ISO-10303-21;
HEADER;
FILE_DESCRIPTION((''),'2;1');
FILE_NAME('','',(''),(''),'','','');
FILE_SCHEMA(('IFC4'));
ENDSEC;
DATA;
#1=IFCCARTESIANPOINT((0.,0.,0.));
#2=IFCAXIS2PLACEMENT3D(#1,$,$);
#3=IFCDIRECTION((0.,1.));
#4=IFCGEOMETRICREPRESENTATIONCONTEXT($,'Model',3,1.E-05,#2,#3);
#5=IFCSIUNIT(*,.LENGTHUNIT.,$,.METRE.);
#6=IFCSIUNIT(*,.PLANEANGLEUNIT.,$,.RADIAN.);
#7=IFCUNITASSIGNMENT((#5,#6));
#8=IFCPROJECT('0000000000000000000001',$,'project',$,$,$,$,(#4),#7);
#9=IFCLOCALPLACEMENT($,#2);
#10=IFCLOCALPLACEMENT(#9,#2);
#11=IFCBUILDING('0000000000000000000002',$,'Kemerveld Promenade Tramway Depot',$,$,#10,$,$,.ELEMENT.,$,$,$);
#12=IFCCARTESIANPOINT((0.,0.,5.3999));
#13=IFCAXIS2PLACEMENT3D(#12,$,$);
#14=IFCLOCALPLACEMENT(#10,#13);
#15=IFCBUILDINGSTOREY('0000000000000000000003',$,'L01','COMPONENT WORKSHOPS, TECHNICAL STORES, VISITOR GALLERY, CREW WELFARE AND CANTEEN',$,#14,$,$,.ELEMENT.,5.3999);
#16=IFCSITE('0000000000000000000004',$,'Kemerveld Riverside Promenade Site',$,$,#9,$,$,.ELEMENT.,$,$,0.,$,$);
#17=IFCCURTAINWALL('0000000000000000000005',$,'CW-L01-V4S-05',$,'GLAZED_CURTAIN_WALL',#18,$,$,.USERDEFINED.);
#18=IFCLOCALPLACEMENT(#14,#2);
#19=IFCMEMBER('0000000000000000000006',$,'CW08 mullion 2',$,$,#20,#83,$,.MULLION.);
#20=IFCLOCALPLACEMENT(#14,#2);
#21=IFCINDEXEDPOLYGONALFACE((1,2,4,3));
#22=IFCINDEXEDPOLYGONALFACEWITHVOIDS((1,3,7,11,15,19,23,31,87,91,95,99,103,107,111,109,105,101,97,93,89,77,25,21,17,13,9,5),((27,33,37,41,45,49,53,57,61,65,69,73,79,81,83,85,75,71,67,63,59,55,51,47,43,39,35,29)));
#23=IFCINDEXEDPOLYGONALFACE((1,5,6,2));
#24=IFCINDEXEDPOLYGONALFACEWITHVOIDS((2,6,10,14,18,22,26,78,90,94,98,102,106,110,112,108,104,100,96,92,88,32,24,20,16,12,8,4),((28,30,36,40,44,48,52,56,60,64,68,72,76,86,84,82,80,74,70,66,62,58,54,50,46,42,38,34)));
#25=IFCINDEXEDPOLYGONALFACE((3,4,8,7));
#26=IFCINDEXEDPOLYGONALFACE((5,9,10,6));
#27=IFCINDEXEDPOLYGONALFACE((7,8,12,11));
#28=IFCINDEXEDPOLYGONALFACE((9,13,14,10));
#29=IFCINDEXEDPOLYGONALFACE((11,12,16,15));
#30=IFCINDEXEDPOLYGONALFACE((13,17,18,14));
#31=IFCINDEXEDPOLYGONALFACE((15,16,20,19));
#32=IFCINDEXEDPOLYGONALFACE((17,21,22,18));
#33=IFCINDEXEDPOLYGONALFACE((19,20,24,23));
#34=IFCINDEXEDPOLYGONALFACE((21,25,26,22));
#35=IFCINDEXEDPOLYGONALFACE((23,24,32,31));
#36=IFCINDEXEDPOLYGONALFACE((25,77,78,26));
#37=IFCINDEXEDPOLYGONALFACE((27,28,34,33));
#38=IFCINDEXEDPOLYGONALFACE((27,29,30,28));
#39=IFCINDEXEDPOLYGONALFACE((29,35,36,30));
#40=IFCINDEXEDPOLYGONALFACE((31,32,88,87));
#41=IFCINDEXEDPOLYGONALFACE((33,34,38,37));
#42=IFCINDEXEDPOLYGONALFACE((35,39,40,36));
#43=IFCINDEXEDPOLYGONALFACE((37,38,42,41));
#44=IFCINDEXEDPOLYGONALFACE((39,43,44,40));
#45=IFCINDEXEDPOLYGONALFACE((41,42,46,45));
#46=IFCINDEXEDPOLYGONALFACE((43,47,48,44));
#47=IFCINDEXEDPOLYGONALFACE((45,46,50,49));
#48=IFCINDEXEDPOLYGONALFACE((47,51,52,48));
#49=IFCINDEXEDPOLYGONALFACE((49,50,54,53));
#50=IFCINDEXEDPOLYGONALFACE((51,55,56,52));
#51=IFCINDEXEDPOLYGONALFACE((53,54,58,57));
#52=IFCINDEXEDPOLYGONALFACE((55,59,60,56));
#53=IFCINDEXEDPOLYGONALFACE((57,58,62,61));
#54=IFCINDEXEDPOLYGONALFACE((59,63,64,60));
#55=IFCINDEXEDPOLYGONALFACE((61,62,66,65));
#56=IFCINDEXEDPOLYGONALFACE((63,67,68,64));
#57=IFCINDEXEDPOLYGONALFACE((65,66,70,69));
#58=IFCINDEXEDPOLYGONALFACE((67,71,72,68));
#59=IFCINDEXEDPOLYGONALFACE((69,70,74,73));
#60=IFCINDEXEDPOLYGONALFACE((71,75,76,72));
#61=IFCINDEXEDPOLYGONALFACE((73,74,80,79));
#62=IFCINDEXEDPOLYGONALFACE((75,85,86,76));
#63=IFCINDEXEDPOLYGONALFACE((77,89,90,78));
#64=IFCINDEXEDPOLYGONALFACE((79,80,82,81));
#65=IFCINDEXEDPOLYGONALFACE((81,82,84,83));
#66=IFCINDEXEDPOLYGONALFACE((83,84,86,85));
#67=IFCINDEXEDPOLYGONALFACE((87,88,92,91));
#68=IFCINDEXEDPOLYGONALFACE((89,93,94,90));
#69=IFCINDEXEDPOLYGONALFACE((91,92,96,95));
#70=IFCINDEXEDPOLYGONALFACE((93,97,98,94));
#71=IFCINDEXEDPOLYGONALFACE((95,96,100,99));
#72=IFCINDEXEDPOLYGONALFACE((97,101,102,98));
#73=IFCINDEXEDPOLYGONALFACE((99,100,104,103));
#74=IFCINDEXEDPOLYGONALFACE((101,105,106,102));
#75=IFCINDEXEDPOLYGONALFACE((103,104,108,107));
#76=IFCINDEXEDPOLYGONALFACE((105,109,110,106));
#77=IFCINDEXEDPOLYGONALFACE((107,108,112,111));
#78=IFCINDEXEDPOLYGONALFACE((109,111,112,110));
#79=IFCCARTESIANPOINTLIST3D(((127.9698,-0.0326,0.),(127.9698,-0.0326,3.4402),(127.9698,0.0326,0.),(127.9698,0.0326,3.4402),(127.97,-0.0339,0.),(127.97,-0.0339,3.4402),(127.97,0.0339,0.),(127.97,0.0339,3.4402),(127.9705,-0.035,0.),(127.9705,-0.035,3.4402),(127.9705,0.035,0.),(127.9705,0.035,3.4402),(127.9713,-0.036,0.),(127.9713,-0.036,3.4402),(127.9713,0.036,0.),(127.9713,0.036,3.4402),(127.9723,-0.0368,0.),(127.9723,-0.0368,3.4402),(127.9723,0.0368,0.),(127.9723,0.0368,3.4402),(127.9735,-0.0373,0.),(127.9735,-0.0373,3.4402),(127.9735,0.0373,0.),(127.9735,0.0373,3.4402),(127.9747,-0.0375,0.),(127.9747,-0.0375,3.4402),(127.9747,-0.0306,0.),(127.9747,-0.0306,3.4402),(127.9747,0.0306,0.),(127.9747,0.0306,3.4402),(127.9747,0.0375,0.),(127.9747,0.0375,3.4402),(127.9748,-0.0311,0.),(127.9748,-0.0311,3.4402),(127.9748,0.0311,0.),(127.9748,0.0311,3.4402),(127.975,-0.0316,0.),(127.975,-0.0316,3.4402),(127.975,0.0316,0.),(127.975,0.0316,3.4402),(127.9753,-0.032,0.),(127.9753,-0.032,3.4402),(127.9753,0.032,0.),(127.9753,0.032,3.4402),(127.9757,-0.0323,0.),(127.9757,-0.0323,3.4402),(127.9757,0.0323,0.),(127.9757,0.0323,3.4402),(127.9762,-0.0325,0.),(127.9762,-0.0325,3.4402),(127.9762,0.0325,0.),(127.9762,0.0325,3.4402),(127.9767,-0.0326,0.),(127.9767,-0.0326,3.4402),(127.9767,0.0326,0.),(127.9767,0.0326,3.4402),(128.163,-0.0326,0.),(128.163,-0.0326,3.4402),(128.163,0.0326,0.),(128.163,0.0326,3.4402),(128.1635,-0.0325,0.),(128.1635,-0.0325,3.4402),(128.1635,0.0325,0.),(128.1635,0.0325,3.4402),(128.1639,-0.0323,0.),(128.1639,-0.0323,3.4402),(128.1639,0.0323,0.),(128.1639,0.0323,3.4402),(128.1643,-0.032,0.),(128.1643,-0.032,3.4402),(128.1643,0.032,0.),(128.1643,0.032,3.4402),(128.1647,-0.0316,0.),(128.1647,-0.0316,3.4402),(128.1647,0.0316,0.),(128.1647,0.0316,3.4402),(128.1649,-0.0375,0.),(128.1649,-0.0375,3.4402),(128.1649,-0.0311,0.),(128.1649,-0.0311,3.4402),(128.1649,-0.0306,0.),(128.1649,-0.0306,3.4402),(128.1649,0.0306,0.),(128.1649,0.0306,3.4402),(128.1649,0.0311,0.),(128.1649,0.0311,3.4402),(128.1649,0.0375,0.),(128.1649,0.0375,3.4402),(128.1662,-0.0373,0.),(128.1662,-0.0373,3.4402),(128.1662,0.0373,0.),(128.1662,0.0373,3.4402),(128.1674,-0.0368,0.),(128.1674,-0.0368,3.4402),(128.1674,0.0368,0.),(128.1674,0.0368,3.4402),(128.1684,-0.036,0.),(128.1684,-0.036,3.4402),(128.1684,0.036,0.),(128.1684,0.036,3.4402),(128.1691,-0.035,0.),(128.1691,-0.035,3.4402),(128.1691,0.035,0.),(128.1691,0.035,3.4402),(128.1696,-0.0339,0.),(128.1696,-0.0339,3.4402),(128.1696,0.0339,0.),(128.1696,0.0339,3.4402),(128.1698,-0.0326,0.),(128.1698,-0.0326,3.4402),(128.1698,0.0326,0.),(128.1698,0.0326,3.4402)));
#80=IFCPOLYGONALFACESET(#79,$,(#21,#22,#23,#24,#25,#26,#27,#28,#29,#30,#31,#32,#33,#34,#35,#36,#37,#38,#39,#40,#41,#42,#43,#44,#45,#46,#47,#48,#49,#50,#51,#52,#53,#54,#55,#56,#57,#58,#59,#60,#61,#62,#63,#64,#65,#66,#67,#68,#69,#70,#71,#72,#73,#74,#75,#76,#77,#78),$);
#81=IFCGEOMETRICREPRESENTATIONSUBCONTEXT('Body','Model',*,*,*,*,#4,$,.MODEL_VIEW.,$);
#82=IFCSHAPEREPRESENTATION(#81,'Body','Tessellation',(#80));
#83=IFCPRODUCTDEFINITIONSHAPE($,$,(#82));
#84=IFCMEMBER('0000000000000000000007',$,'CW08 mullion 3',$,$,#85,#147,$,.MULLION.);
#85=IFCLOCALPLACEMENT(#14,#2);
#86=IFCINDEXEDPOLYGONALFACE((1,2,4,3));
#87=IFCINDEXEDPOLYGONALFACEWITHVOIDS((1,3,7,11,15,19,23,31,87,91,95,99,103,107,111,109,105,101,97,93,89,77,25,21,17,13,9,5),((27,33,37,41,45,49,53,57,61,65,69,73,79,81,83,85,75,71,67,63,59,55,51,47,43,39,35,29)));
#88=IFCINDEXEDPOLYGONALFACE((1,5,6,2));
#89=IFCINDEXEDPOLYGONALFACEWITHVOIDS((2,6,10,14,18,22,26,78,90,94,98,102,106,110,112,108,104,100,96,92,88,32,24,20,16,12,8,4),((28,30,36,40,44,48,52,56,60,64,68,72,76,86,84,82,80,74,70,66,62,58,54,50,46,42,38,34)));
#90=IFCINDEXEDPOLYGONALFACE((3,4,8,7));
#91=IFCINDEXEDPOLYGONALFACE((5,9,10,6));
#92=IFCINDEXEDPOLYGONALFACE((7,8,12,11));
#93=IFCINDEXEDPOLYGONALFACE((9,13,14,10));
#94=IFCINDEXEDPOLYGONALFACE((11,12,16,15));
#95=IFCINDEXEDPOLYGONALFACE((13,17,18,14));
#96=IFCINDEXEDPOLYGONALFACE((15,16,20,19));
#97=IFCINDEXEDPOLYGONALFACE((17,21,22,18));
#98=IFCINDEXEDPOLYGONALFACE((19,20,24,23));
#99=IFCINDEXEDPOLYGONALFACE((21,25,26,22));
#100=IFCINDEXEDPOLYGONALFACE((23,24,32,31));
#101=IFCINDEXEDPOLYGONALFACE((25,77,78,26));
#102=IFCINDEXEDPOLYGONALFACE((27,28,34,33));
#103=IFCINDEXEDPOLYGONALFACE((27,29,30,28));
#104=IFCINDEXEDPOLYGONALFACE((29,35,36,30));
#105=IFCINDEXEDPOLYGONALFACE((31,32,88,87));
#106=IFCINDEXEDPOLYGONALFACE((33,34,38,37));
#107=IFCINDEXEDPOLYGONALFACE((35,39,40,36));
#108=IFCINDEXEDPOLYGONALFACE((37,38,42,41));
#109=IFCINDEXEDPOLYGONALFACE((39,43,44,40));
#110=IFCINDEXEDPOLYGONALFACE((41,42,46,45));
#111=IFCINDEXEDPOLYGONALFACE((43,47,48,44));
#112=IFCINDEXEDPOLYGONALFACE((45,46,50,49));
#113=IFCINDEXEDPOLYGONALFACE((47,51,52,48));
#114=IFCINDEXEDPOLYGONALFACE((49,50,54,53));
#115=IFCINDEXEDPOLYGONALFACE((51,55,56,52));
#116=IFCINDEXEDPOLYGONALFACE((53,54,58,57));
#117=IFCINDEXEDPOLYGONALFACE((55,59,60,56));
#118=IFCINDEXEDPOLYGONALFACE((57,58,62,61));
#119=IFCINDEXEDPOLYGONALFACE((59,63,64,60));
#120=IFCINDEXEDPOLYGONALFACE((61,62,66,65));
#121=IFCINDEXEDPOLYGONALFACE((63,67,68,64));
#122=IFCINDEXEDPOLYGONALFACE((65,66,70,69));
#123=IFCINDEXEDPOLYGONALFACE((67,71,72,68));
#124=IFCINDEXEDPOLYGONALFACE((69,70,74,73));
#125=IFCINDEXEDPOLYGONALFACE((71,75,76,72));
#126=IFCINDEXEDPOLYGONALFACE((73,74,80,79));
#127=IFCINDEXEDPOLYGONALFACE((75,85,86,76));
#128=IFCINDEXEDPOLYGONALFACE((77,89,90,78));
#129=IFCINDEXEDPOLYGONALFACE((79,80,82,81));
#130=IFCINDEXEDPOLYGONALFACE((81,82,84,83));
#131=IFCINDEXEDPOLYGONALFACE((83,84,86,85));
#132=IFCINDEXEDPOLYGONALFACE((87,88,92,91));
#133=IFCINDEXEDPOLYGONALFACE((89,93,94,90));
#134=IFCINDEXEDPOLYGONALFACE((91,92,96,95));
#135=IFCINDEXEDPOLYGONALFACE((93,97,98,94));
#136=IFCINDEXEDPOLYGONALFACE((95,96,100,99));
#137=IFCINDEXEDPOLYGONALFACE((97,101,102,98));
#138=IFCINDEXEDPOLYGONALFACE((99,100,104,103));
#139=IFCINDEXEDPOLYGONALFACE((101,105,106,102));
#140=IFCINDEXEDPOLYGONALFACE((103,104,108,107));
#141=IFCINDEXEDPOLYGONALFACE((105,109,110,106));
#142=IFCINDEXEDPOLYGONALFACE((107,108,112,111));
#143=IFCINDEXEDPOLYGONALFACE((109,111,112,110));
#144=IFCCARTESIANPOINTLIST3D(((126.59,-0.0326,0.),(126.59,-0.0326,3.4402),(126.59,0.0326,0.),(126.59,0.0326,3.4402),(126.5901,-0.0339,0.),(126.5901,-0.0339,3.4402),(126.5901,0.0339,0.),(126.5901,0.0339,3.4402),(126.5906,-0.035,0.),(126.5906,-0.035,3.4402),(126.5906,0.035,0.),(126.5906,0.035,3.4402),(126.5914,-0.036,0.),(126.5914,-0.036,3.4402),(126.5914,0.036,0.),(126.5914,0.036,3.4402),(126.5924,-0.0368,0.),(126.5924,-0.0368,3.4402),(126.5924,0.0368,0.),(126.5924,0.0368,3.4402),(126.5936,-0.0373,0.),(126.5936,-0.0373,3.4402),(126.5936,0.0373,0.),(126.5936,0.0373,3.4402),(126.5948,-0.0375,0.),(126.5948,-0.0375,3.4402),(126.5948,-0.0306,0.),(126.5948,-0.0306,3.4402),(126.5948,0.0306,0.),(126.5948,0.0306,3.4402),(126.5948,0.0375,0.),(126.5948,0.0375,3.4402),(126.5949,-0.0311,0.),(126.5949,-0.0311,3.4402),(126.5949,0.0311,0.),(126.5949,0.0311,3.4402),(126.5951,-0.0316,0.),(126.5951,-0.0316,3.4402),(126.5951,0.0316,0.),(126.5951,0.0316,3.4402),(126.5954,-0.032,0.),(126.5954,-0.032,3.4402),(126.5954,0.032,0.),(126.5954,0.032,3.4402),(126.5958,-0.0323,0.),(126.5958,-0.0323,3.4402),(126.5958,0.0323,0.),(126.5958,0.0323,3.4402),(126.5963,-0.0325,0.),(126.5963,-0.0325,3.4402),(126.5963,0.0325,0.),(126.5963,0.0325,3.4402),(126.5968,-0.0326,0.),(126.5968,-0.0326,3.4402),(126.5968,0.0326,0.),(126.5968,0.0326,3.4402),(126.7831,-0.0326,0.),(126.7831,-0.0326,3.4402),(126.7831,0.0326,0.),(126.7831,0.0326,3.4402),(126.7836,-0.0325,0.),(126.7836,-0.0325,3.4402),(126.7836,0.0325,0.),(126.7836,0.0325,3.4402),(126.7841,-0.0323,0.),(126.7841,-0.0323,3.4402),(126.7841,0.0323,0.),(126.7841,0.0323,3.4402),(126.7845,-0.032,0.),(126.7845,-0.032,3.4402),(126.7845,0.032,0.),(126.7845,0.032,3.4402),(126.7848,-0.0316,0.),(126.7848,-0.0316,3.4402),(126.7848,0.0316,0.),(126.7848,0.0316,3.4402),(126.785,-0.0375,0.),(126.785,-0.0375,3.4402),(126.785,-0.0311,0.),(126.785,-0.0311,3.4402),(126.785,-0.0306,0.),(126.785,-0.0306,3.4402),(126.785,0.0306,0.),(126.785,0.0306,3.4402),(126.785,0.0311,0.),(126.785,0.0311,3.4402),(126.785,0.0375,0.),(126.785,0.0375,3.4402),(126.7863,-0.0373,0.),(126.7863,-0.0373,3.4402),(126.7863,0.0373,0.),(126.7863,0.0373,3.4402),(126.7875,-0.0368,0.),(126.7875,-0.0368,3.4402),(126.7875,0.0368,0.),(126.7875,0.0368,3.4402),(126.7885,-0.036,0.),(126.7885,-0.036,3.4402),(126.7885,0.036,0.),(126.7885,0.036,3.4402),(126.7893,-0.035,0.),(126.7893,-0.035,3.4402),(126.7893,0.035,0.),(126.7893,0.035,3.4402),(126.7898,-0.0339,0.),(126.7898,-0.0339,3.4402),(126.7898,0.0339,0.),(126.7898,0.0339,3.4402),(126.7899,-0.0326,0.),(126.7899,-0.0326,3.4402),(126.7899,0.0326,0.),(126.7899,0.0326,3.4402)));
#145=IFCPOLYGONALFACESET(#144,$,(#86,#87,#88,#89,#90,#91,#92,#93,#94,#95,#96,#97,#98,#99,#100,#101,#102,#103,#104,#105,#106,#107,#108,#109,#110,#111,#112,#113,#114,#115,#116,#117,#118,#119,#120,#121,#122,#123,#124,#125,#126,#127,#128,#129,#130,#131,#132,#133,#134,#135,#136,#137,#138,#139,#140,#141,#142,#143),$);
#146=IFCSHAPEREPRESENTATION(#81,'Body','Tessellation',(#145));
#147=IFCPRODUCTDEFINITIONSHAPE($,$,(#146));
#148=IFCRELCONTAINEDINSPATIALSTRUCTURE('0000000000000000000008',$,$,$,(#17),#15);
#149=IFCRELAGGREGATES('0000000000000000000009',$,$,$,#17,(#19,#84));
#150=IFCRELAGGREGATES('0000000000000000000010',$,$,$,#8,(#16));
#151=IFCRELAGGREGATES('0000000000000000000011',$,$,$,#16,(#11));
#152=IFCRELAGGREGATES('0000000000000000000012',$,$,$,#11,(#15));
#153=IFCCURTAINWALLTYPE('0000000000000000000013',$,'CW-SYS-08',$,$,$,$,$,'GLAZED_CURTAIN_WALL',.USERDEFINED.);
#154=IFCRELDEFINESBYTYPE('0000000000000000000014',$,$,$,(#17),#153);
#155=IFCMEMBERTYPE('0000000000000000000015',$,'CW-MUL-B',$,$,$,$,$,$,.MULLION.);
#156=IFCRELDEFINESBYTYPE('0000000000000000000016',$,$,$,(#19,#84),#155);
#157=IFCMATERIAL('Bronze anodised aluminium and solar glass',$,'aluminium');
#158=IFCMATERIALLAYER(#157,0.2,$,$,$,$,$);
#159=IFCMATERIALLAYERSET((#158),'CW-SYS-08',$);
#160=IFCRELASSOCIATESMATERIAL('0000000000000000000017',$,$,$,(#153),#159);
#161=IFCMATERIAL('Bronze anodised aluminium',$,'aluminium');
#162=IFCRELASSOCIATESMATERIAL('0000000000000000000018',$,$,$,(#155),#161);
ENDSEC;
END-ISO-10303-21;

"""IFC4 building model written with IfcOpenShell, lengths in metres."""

from ifc_helpers import new_model, si_unit, direction, frame, origin, origin_2d, place, context, subcontext, project, spatial, hollow_rectangle, extrude, material, layer, layer_set, material_profile, profile_set, type_object, element, aggregate, save


model = new_model("IFC4")

# Units and contexts
model_context = context("Model", 3, precision=1e-05, world=origin(), true_north=direction((0.0, 1.0)))
body_context = subcontext(model_context, "Body", "Model", "MODEL_VIEW")
ifc_project = project(units=[si_unit("LENGTHUNIT", "METRE"), si_unit("PLANEANGLEUNIT", "RADIAN")], contexts=[model_context])

# Site, building, storey
site_placement = place(None, origin())
site = spatial("IfcSite", under=ifc_project, at=site_placement, Name="Kemerveld Riverside Promenade Site", CompositionType="ELEMENT", RefElevation=0.0)
building_placement = place(site_placement, origin())
building = spatial("IfcBuilding", under=site, at=building_placement, Name="Kemerveld Promenade Tramway Depot", CompositionType="ELEMENT")
storey_placement = place(building_placement, frame((0.0, 0.0, 5.3999)))
storey = spatial("IfcBuildingStorey", under=building, at=storey_placement, Name="L01", Description="COMPONENT WORKSHOPS, TECHNICAL STORES, VISITOR GALLERY, CREW WELFARE AND CANTEEN", CompositionType="ELEMENT", Elevation=5.3999)

# Curtain wall, members
ifc_material_1 = material(Name="Bronze anodised aluminium and solar glass", Category="aluminium")
ifc_layer_1 = layer(ifc_material_1, 0.2)
ifc_layer_set_1 = layer_set([ifc_layer_1], Name="CW-SYS-08")
curtain_wall_type = type_object("IfcCurtainWallType", Name="CW-SYS-08", ElementType="GLAZED_CURTAIN_WALL", PredefinedType="USERDEFINED", material=ifc_layer_set_1)
curtain_wall_placement = place(storey_placement, origin())
curtain_wall = element("IfcCurtainWall", 1, at=curtain_wall_placement, inside=storey, type_object=curtain_wall_type, Name="CW-L01-V4S-05", ObjectType="GLAZED_CURTAIN_WALL", PredefinedType="USERDEFINED")
ifc_material_2 = material(Name="Bronze anodised aluminium", Category="aluminium")
ifc_material_profile_1 = material_profile(ifc_material_2, hollow_rectangle(XDim=0.075, YDim=0.2, WallThickness=0.0049, InnerFilletRadius=0.002, OuterFilletRadius=0.0049, at=origin_2d()), Name="CW-MUL-200x75")
ifc_profile_set_1 = profile_set([ifc_material_profile_1], Name="Bronze anodised aluminium")
member_type_1 = type_object("IfcMemberType", Name="CW-MUL-B", PredefinedType="MULLION", material=ifc_profile_set_1)
member_1_placement = place(storey_placement, frame((128.0698, 0.0, 0.0), z_axis=(0.0, 0.0, 1.0), x_axis=(0.0, -1.0, 0.0)))
member_1 = element("IfcMember", 2, at=member_1_placement, type_object=member_type_1, Name="CW08 mullion 2", PredefinedType="MULLION", context=body_context, shape_type="SweptSolid", body=[
    extrude(hollow_rectangle(XDim=0.075, YDim=0.2, WallThickness=0.0049, InnerFilletRadius=0.002, OuterFilletRadius=0.0049, at=origin_2d()), origin(), (0.0, 0.0, 1.0), 3.4402),
])
member_2_placement = place(storey_placement, frame((126.6899, 0.0, 0.0), z_axis=(0.0, 0.0, 1.0), x_axis=(0.0, -1.0, 0.0)))
member_2 = element("IfcMember", 3, at=member_2_placement, type_object=member_type_1, Name="CW08 mullion 3", PredefinedType="MULLION", context=body_context, shape_type="SweptSolid", body=[
    extrude(hollow_rectangle(XDim=0.075, YDim=0.2, WallThickness=0.0049, InnerFilletRadius=0.002, OuterFilletRadius=0.0049, at=origin_2d()), origin(), (0.0, 0.0, 1.0), 3.4402),
])
aggregate(curtain_wall, [member_1, member_2])

save(model, "model.ifc")
